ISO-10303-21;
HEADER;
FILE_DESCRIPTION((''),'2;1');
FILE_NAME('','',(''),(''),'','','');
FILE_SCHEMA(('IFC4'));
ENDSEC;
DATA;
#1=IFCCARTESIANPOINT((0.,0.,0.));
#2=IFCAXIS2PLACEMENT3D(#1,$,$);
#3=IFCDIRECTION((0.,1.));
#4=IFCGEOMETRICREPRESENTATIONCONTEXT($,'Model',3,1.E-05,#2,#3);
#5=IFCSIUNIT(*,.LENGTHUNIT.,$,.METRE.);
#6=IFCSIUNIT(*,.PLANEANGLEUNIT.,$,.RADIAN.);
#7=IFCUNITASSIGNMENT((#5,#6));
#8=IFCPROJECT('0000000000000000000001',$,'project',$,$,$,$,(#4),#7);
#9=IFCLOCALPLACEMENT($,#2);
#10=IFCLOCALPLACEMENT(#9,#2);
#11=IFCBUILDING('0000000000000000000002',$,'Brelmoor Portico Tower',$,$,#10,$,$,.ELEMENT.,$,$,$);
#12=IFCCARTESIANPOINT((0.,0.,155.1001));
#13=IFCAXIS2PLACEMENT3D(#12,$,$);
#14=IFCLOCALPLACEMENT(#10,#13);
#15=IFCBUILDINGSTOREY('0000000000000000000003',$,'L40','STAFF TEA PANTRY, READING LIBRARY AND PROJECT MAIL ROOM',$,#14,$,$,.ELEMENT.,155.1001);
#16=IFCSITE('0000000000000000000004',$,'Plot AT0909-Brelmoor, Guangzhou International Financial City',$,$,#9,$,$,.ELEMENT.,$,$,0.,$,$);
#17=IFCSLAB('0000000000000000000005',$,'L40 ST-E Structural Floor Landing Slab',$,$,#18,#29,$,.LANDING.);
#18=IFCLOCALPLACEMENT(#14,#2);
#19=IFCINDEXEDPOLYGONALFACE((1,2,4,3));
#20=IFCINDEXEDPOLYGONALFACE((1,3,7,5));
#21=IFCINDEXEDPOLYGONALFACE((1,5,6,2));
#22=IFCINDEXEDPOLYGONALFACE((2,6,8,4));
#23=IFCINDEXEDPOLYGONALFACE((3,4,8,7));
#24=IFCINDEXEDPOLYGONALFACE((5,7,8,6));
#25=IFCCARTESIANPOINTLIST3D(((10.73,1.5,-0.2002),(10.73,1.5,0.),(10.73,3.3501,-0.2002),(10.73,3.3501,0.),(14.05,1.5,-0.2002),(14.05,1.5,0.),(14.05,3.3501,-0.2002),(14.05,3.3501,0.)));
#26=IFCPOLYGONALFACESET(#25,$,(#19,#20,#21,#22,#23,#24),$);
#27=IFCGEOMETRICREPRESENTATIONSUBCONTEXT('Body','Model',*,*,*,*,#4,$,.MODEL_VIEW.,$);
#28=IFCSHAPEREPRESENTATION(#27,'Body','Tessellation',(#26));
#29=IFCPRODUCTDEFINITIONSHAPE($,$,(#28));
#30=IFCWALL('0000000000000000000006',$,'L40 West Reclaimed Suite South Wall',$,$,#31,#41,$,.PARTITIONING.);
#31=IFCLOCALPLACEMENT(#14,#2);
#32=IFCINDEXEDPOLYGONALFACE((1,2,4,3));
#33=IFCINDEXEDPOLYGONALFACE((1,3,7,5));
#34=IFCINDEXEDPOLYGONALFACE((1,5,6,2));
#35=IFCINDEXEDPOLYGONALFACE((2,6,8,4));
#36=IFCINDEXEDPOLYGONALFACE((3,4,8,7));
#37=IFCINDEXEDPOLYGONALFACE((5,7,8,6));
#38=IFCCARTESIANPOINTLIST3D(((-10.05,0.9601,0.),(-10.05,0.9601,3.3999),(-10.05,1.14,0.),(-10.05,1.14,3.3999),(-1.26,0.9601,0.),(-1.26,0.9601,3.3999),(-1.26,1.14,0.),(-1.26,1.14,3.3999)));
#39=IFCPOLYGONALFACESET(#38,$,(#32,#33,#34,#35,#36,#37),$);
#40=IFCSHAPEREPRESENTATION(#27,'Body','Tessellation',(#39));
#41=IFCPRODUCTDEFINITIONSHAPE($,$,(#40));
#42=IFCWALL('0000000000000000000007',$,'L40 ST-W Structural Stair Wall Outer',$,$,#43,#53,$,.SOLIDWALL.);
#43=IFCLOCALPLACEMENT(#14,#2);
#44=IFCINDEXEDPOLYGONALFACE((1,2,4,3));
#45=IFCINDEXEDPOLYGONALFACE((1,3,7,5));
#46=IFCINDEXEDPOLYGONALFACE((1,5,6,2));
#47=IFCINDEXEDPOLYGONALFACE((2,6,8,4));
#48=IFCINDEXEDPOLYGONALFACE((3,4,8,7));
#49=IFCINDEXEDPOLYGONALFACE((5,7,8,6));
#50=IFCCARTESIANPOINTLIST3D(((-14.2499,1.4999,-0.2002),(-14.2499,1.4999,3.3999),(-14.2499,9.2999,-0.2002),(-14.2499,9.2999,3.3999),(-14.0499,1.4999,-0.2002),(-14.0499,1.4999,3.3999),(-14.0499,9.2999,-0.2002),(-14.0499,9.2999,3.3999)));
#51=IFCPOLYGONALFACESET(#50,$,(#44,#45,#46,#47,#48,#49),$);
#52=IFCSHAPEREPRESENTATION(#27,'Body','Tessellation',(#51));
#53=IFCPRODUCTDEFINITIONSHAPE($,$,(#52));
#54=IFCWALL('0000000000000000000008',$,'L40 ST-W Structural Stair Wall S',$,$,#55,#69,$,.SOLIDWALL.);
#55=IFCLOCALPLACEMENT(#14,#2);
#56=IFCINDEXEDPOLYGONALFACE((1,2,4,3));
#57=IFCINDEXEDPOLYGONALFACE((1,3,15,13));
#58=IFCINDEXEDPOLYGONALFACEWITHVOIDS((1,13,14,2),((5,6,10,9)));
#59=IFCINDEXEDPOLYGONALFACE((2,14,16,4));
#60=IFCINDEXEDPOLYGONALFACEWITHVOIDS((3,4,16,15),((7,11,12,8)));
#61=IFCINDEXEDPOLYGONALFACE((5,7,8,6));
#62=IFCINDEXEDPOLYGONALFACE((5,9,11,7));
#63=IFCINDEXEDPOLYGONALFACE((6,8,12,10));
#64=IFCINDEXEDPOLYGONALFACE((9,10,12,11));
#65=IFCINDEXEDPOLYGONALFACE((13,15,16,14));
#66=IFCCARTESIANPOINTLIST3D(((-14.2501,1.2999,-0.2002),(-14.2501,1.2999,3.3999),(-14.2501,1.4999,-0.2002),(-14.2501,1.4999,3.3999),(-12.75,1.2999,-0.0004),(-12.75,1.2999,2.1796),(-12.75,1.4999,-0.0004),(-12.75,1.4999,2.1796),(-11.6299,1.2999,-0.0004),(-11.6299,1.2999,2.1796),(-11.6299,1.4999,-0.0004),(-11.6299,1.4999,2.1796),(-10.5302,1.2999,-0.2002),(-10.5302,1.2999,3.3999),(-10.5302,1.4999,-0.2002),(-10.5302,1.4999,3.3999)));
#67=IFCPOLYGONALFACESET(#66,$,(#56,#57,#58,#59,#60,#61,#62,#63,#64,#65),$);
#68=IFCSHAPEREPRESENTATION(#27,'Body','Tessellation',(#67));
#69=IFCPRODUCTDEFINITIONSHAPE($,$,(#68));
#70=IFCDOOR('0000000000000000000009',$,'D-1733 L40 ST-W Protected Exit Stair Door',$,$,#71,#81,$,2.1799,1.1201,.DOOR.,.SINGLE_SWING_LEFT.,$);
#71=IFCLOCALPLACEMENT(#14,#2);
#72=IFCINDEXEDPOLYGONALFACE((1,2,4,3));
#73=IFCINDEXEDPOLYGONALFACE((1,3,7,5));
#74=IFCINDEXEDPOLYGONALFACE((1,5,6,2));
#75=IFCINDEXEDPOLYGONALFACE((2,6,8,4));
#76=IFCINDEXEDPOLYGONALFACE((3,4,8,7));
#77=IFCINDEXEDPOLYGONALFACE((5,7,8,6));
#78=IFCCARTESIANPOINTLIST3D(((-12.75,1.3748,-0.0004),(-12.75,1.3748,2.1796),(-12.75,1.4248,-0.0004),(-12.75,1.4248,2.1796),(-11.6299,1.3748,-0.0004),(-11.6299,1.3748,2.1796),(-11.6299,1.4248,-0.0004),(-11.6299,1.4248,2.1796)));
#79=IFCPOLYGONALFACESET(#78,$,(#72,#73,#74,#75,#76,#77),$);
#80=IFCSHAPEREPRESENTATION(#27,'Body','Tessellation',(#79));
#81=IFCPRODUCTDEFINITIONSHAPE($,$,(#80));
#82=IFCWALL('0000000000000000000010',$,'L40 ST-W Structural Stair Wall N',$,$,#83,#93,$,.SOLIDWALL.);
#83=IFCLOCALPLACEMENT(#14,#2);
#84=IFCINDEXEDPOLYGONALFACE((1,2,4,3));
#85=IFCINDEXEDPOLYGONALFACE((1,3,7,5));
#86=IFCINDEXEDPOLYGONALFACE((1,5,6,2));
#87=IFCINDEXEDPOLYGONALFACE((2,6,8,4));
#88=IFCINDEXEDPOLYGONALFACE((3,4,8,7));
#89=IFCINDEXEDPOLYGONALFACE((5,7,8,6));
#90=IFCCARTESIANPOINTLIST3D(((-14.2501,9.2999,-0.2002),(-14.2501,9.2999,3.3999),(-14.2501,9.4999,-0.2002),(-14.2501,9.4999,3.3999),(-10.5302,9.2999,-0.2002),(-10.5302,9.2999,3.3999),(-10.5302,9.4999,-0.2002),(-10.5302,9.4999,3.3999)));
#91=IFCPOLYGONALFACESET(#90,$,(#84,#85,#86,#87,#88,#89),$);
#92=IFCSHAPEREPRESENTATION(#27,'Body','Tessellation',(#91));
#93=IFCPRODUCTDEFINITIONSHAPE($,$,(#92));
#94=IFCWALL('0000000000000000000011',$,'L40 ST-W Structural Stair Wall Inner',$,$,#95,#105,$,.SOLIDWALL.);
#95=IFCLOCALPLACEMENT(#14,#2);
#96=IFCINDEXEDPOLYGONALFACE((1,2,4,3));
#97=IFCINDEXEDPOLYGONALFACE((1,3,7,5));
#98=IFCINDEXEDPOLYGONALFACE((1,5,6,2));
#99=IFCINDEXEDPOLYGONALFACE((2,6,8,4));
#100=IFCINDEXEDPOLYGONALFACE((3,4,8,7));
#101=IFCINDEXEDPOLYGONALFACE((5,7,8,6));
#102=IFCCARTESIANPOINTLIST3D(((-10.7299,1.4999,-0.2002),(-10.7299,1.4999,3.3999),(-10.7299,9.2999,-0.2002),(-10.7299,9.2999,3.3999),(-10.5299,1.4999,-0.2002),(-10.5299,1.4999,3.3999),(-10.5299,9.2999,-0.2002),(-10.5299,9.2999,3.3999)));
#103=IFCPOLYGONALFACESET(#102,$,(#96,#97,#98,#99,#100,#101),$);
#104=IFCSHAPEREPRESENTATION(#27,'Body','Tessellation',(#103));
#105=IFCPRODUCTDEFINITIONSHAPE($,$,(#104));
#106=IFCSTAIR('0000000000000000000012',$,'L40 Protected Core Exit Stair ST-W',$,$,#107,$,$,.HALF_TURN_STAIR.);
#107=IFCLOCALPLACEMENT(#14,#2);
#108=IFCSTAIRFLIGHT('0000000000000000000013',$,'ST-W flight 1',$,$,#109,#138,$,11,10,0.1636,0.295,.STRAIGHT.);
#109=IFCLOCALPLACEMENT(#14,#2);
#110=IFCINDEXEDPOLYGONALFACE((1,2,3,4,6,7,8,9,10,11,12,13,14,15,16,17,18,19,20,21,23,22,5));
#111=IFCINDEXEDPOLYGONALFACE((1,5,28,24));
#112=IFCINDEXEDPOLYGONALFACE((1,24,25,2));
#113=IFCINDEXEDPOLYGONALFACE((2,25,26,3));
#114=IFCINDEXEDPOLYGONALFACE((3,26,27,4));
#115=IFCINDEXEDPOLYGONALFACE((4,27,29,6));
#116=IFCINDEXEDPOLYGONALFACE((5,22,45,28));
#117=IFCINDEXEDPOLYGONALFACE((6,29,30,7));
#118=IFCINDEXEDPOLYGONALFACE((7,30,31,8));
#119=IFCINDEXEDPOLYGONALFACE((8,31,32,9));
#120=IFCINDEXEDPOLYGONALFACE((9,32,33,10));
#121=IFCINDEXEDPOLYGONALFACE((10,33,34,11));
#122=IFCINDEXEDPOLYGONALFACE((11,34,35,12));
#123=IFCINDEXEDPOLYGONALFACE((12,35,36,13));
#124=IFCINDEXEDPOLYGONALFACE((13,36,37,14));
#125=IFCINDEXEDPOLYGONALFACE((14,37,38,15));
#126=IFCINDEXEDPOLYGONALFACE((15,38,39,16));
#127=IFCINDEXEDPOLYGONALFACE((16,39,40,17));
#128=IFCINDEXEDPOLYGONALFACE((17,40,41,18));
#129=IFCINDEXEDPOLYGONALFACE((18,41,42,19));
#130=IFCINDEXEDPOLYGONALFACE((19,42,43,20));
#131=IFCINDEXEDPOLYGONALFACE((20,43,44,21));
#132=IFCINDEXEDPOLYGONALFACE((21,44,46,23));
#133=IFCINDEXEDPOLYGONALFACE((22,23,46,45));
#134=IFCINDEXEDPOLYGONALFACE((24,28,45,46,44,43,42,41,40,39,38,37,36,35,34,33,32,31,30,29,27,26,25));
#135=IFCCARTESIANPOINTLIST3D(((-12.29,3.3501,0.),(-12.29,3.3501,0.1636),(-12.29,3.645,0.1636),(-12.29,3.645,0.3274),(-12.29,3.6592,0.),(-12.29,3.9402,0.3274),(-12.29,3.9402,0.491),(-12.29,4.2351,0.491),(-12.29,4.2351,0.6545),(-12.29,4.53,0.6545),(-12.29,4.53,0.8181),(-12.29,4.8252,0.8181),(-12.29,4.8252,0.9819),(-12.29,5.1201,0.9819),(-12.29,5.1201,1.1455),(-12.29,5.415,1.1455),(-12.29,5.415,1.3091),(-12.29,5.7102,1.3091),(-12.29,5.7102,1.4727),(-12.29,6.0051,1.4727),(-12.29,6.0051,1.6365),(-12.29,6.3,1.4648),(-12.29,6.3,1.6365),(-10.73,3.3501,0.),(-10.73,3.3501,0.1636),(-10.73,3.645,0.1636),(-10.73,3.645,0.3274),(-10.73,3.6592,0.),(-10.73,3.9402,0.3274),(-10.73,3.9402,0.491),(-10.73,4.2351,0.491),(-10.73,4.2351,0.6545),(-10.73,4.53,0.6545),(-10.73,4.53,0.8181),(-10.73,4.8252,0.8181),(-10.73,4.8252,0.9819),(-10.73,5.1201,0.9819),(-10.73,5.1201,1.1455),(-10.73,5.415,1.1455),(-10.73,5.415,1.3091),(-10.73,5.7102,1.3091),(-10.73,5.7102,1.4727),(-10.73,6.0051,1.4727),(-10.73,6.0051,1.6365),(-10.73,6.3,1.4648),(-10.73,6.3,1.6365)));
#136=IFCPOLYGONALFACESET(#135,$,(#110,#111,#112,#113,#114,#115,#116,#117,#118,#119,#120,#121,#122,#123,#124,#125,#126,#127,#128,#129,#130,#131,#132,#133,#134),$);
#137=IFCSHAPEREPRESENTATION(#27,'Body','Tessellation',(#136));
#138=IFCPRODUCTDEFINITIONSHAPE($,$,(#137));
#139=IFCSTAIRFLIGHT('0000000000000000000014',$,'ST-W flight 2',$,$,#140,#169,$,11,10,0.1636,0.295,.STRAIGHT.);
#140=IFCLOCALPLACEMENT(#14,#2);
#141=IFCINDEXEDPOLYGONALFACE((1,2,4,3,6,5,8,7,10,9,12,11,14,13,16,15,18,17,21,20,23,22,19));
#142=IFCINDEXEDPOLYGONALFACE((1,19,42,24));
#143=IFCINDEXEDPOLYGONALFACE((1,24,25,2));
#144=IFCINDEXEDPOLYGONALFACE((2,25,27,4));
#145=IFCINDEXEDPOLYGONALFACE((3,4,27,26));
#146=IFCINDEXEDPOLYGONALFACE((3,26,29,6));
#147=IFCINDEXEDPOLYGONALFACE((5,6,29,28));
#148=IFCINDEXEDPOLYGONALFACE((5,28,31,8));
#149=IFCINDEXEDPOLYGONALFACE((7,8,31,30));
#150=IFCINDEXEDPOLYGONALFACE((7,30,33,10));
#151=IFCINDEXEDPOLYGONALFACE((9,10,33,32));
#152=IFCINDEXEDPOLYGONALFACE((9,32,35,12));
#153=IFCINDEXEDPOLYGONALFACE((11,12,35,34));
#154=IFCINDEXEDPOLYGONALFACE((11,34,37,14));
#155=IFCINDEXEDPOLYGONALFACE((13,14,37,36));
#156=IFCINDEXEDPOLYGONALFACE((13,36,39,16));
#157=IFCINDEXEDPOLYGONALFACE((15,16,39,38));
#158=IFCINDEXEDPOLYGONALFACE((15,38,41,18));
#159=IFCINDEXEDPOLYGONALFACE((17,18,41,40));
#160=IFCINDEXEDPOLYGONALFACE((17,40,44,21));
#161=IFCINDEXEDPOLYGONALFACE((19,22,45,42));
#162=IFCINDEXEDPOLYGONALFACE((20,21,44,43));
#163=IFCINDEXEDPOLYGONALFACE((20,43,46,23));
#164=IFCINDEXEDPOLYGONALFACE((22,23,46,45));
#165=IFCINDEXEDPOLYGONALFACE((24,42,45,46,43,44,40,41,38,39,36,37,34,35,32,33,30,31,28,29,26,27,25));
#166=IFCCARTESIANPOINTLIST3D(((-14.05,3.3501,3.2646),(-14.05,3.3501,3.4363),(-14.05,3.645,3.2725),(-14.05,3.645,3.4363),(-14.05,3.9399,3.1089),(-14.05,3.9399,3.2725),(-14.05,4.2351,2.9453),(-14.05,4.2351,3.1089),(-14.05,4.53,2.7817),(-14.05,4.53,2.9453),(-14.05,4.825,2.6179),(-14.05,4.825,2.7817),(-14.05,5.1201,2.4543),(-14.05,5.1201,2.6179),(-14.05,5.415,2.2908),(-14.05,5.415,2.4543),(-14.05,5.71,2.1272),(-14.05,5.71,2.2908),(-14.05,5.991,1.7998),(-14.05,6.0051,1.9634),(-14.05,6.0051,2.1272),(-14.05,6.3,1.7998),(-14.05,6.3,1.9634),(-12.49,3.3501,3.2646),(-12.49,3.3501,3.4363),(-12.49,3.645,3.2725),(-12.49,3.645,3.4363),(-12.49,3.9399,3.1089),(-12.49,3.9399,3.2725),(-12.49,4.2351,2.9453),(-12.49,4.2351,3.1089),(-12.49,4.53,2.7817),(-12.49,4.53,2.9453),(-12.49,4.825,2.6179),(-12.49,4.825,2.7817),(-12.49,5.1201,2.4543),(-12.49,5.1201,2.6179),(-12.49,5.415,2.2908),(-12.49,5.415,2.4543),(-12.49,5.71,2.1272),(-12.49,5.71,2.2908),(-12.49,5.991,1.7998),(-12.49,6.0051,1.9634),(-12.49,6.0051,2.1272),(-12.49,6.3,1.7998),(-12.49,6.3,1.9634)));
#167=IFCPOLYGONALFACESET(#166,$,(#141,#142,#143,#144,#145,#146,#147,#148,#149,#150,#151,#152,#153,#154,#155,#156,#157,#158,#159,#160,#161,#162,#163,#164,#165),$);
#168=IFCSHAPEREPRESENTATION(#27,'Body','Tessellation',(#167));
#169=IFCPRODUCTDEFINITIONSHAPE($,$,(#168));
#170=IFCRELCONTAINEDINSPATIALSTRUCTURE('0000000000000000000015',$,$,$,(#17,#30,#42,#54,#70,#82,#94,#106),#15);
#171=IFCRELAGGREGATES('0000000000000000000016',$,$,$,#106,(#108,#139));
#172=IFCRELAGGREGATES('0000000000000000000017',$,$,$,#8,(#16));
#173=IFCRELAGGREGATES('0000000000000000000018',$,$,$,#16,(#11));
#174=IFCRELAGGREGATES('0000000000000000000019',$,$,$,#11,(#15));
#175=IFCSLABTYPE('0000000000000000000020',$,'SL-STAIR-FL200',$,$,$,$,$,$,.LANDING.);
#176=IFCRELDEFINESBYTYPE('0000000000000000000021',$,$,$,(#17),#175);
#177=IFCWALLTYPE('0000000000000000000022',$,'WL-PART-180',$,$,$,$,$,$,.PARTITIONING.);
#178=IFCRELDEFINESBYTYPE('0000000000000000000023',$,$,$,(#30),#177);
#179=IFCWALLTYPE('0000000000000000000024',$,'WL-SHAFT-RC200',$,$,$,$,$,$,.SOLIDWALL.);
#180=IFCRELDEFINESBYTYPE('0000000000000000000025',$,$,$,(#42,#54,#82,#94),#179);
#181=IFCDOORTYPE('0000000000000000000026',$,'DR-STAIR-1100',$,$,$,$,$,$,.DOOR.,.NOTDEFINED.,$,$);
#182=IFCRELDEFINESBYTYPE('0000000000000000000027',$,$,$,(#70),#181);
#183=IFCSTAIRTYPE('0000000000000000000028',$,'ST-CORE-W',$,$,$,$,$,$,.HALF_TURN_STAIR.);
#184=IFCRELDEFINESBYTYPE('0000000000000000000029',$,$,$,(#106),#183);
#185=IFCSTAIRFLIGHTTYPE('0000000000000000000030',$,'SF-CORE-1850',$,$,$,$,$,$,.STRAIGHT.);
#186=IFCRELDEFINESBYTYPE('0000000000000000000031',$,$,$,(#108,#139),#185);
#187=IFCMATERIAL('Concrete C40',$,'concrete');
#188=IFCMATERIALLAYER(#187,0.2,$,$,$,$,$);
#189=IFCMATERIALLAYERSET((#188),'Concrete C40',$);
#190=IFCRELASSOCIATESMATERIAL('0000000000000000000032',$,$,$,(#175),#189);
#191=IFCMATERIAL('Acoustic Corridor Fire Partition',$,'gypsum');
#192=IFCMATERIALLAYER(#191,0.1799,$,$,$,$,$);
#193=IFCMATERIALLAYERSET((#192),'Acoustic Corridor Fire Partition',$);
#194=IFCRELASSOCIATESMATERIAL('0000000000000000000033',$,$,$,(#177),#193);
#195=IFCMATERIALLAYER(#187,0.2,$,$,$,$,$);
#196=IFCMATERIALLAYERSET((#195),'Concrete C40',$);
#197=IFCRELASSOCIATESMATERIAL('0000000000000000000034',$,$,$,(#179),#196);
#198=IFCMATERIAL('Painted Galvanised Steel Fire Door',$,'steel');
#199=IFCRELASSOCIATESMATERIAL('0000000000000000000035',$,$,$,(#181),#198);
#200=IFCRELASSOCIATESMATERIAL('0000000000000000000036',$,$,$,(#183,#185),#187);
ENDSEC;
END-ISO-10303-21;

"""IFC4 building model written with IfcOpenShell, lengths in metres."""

from ifc_helpers import new_model, si_unit, direction, frame, frame_2d, origin, place, context, subcontext, project, spatial, polyline, rectangle, outline, extrude, material, layer, layer_set, type_object, element, fill, aggregate, save


model = new_model("IFC4")

# Units and contexts
model_context = context("Model", 3, precision=1e-05, world=origin(), true_north=direction((0.0, 1.0)))
body_context = subcontext(model_context, "Body", "Model", "MODEL_VIEW")
ifc_project = project(units=[si_unit("LENGTHUNIT", "METRE"), si_unit("PLANEANGLEUNIT", "RADIAN")], contexts=[model_context])

# Site, building, storey
site_placement = place(None, origin())
site = spatial("IfcSite", under=ifc_project, at=site_placement, Name="Plot AT0909-Brelmoor, Guangzhou International Financial City", CompositionType="ELEMENT", RefElevation=0.0)
building_placement = place(site_placement, origin())
building = spatial("IfcBuilding", under=site, at=building_placement, Name="Brelmoor Portico Tower", CompositionType="ELEMENT")
storey_placement = place(building_placement, frame((0.0, 0.0, 155.1001)))
storey = spatial("IfcBuildingStorey", under=building, at=storey_placement, Name="L40", Description="STAFF TEA PANTRY, READING LIBRARY AND PROJECT MAIL ROOM", CompositionType="ELEMENT", Elevation=155.1001)

# Slab
ifc_material_1 = material(Name="Concrete C40", Category="concrete")
ifc_layer_1 = layer(ifc_material_1, 0.2)
ifc_layer_set_1 = layer_set([ifc_layer_1], Name="Concrete C40")
slab_type_1 = type_object("IfcSlabType", Name="SL-STAIR-FL200", PredefinedType="LANDING", material=ifc_layer_set_1)
slab_1_placement = place(storey_placement, frame((0.0, 0.0, -0.2002)))
element("IfcSlab", 1, at=slab_1_placement, inside=storey, type_object=slab_type_1, Name="L40 ST-E Structural Floor Landing Slab", PredefinedType="LANDING", context=body_context, shape_type="SweptSolid", body=[
    extrude(outline(polyline([(14.05, 1.5), (14.05, 3.3501), (10.73, 3.3501), (10.73, 1.5), (14.05, 1.5)])), origin(), (0.0, 0.0, 1.0), 0.2002),
])

# Walls
ifc_material_2 = material(Name="Acoustic Corridor Fire Partition", Category="gypsum")
ifc_layer_2 = layer(ifc_material_2, 0.1799)
ifc_layer_set_2 = layer_set([ifc_layer_2], Name="Acoustic Corridor Fire Partition")
wall_type_1 = type_object("IfcWallType", Name="WL-PART-180", PredefinedType="PARTITIONING", material=ifc_layer_set_2)
wall_1_placement = place(storey_placement, frame((-10.05, 1.05, 0.0), z_axis=(0.0, 0.0, 1.0), x_axis=(1.0, 0.0, 0.0)))
element("IfcWall", 2, at=wall_1_placement, inside=storey, type_object=wall_type_1, Name="L40 West Reclaimed Suite South Wall", PredefinedType="PARTITIONING", context=body_context, shape_type="SweptSolid", body=[
    extrude(rectangle(XDim=8.79, YDim=0.1799, at=frame_2d((4.395, 0.0))), origin(), (0.0, 0.0, 1.0), 3.3999),
])
ifc_layer_3 = layer(ifc_material_1, 0.2)
ifc_layer_set_3 = layer_set([ifc_layer_3], Name="Concrete C40")
wall_type_2 = type_object("IfcWallType", Name="WL-SHAFT-RC200", PredefinedType="SOLIDWALL", material=ifc_layer_set_3)
wall_2_placement = place(storey_placement, frame((-14.1499, 1.5, -0.2002), z_axis=(0.0, 0.0, 1.0), x_axis=(0.0, 1.0, 0.0)))
element("IfcWall", 3, at=wall_2_placement, inside=storey, type_object=wall_type_2, Name="L40 ST-W Structural Stair Wall Outer", PredefinedType="SOLIDWALL", context=body_context, shape_type="SweptSolid", body=[
    extrude(rectangle(XDim=7.8, YDim=0.2, at=frame_2d((3.8999, 0.0))), origin(), (0.0, 0.0, 1.0), 3.6001),
])

# Wall, opening, door
wall_3_placement = place(storey_placement, frame((-14.25, 1.3999, -0.2002), z_axis=(0.0, 0.0, 1.0), x_axis=(1.0, 0.0, 0.0)))
wall_3 = element("IfcWall", 4, at=wall_3_placement, inside=storey, type_object=wall_type_2, Name="L40 ST-W Structural Stair Wall S", PredefinedType="SOLIDWALL", context=body_context, shape_type="SweptSolid", body=[
    extrude(rectangle(XDim=3.72, YDim=0.2, at=frame_2d((1.8599, 0.0))), origin(), (0.0, 0.0, 1.0), 3.6001),
])
opening_placement = place(wall_3_placement, frame((1.5, 0.0, 0.2)))
opening = element("IfcOpeningElement", 5, at=opening_placement, cuts=wall_3, PredefinedType="OPENING", context=body_context, shape_type="SweptSolid", body=[
    extrude(rectangle(XDim=1.1201, YDim=2.1799, at=frame_2d((0.5601, 1.0898))), frame((0.0, 0.1099, 0.0), z_axis=(0.0, -1.0, 0.0), x_axis=(1.0, 0.0, 0.0)), (0.0, 0.0, 1.0), 0.22),
])
ifc_material_3 = material(Name="Painted Galvanised Steel Fire Door", Category="steel")
door_type = type_object("IfcDoorType", Name="DR-STAIR-1100", OperationType="NOTDEFINED", PredefinedType="DOOR", material=ifc_material_3)
door_placement = place(opening_placement, origin())
door = element("IfcDoor", 6, at=door_placement, inside=storey, type_object=door_type, Name="D-1733 L40 ST-W Protected Exit Stair Door", OperationType="SINGLE_SWING_LEFT", OverallHeight=2.1799, OverallWidth=1.1201, PredefinedType="DOOR", context=body_context, shape_type="SweptSolid", body=[
    extrude(rectangle(XDim=1.1201, YDim=2.1799, at=frame_2d((0.5601, 1.0898))), frame((0.0, 0.0249, 0.0), z_axis=(0.0, -1.0, 0.0), x_axis=(1.0, 0.0, 0.0)), (0.0, 0.0, 1.0), 0.05),
])
fill(opening, door)

# Walls
wall_4_placement = place(storey_placement, frame((-14.25, 9.3999, -0.2002), z_axis=(0.0, 0.0, 1.0), x_axis=(1.0, 0.0, 0.0)))
element("IfcWall", 7, at=wall_4_placement, inside=storey, type_object=wall_type_2, Name="L40 ST-W Structural Stair Wall N", PredefinedType="SOLIDWALL", context=body_context, shape_type="SweptSolid", body=[
    extrude(rectangle(XDim=3.72, YDim=0.2, at=frame_2d((1.8599, 0.0))), origin(), (0.0, 0.0, 1.0), 3.6001),
])
wall_5_placement = place(storey_placement, frame((-10.6299, 1.5, -0.2002), z_axis=(0.0, 0.0, 1.0), x_axis=(0.0, 1.0, 0.0)))
element("IfcWall", 8, at=wall_5_placement, inside=storey, type_object=wall_type_2, Name="L40 ST-W Structural Stair Wall Inner", PredefinedType="SOLIDWALL", context=body_context, shape_type="SweptSolid", body=[
    extrude(rectangle(XDim=7.8, YDim=0.2, at=frame_2d((3.8999, 0.0))), origin(), (0.0, 0.0, 1.0), 3.6001),
])

# Stair, stair flights
stair_type = type_object("IfcStairType", Name="ST-CORE-W", PredefinedType="HALF_TURN_STAIR", material=ifc_material_1)
stair_placement = place(storey_placement, origin())
stair = element("IfcStair", 9, at=stair_placement, inside=storey, type_object=stair_type, Name="L40 Protected Core Exit Stair ST-W", PredefinedType="HALF_TURN_STAIR")
stair_flight_type = type_object("IfcStairFlightType", Name="SF-CORE-1850", PredefinedType="STRAIGHT", material=ifc_material_1)
stair_flight_1_placement = place(storey_placement, frame((-11.51, 3.3501, 0.0), z_axis=(0.0, 0.0, 1.0), x_axis=(0.0, 1.0, 0.0)))
stair_flight_1 = element("IfcStairFlight", 10, at=stair_flight_1_placement, type_object=stair_flight_type, Name="ST-W flight 1", NumberOfRisers=11, NumberOfTreads=10, PredefinedType="STRAIGHT", RiserHeight=0.1636, TreadLength=0.295, context=body_context, shape_type="SweptSolid", body=[
    extrude(outline(polyline([(0.0, 0.0), (0.0, 0.1636), (0.2949, 0.1636), (0.2949, 0.3274), (0.5901, 0.3274), (0.5901, 0.491), (0.885, 0.491), (0.885, 0.6545), (1.1799, 0.6545), (1.1799, 0.8181), (1.4751, 0.8181), (1.4751, 0.9819), (1.77, 0.9819), (1.77, 1.1455), (2.0649, 1.1455), (2.0649, 1.3091), (2.3601, 1.3091), (2.3601, 1.4727), (2.655, 1.4727), (2.655, 1.6365), (2.95, 1.6365), (2.95, 1.8), (2.95, 1.4648), (0.3091, 0.0), (0.0, 0.0)])), frame((0.0, 0.78, 0.0), z_axis=(0.0, -1.0, 0.0), x_axis=(1.0, 0.0, 0.0)), (0.0, 0.0, 1.0), 1.5601),
])
stair_flight_2_placement = place(storey_placement, frame((-13.27, 6.3, 1.7998), z_axis=(0.0, 0.0, 1.0), x_axis=(0.0, -1.0, 0.0)))
stair_flight_2 = element("IfcStairFlight", 11, at=stair_flight_2_placement, type_object=stair_flight_type, Name="ST-W flight 2", NumberOfRisers=11, NumberOfTreads=10, PredefinedType="STRAIGHT", RiserHeight=0.1636, TreadLength=0.295, context=body_context, shape_type="SweptSolid", body=[
    extrude(outline(polyline([(0.0, 0.0), (0.0, 0.1636), (0.2949, 0.1636), (0.2949, 0.3274), (0.5901, 0.3274), (0.5901, 0.491), (0.885, 0.491), (0.885, 0.6545), (1.1799, 0.6545), (1.1799, 0.8181), (1.4751, 0.8181), (1.4751, 0.9819), (1.77, 0.9819), (1.77, 1.1455), (2.0649, 1.1455), (2.0649, 1.3091), (2.3601, 1.3091), (2.3601, 1.4727), (2.655, 1.4727), (2.655, 1.6365), (2.95, 1.6365), (2.95, 1.8), (2.95, 1.4648), (0.3091, 0.0), (0.0, 0.0)])), frame((0.0, 0.78, 0.0), z_axis=(0.0, -1.0, 0.0), x_axis=(1.0, 0.0, 0.0)), (0.0, 0.0, 1.0), 1.5601),
])
aggregate(stair, [stair_flight_1, stair_flight_2])

save(model, "model.ifc")
